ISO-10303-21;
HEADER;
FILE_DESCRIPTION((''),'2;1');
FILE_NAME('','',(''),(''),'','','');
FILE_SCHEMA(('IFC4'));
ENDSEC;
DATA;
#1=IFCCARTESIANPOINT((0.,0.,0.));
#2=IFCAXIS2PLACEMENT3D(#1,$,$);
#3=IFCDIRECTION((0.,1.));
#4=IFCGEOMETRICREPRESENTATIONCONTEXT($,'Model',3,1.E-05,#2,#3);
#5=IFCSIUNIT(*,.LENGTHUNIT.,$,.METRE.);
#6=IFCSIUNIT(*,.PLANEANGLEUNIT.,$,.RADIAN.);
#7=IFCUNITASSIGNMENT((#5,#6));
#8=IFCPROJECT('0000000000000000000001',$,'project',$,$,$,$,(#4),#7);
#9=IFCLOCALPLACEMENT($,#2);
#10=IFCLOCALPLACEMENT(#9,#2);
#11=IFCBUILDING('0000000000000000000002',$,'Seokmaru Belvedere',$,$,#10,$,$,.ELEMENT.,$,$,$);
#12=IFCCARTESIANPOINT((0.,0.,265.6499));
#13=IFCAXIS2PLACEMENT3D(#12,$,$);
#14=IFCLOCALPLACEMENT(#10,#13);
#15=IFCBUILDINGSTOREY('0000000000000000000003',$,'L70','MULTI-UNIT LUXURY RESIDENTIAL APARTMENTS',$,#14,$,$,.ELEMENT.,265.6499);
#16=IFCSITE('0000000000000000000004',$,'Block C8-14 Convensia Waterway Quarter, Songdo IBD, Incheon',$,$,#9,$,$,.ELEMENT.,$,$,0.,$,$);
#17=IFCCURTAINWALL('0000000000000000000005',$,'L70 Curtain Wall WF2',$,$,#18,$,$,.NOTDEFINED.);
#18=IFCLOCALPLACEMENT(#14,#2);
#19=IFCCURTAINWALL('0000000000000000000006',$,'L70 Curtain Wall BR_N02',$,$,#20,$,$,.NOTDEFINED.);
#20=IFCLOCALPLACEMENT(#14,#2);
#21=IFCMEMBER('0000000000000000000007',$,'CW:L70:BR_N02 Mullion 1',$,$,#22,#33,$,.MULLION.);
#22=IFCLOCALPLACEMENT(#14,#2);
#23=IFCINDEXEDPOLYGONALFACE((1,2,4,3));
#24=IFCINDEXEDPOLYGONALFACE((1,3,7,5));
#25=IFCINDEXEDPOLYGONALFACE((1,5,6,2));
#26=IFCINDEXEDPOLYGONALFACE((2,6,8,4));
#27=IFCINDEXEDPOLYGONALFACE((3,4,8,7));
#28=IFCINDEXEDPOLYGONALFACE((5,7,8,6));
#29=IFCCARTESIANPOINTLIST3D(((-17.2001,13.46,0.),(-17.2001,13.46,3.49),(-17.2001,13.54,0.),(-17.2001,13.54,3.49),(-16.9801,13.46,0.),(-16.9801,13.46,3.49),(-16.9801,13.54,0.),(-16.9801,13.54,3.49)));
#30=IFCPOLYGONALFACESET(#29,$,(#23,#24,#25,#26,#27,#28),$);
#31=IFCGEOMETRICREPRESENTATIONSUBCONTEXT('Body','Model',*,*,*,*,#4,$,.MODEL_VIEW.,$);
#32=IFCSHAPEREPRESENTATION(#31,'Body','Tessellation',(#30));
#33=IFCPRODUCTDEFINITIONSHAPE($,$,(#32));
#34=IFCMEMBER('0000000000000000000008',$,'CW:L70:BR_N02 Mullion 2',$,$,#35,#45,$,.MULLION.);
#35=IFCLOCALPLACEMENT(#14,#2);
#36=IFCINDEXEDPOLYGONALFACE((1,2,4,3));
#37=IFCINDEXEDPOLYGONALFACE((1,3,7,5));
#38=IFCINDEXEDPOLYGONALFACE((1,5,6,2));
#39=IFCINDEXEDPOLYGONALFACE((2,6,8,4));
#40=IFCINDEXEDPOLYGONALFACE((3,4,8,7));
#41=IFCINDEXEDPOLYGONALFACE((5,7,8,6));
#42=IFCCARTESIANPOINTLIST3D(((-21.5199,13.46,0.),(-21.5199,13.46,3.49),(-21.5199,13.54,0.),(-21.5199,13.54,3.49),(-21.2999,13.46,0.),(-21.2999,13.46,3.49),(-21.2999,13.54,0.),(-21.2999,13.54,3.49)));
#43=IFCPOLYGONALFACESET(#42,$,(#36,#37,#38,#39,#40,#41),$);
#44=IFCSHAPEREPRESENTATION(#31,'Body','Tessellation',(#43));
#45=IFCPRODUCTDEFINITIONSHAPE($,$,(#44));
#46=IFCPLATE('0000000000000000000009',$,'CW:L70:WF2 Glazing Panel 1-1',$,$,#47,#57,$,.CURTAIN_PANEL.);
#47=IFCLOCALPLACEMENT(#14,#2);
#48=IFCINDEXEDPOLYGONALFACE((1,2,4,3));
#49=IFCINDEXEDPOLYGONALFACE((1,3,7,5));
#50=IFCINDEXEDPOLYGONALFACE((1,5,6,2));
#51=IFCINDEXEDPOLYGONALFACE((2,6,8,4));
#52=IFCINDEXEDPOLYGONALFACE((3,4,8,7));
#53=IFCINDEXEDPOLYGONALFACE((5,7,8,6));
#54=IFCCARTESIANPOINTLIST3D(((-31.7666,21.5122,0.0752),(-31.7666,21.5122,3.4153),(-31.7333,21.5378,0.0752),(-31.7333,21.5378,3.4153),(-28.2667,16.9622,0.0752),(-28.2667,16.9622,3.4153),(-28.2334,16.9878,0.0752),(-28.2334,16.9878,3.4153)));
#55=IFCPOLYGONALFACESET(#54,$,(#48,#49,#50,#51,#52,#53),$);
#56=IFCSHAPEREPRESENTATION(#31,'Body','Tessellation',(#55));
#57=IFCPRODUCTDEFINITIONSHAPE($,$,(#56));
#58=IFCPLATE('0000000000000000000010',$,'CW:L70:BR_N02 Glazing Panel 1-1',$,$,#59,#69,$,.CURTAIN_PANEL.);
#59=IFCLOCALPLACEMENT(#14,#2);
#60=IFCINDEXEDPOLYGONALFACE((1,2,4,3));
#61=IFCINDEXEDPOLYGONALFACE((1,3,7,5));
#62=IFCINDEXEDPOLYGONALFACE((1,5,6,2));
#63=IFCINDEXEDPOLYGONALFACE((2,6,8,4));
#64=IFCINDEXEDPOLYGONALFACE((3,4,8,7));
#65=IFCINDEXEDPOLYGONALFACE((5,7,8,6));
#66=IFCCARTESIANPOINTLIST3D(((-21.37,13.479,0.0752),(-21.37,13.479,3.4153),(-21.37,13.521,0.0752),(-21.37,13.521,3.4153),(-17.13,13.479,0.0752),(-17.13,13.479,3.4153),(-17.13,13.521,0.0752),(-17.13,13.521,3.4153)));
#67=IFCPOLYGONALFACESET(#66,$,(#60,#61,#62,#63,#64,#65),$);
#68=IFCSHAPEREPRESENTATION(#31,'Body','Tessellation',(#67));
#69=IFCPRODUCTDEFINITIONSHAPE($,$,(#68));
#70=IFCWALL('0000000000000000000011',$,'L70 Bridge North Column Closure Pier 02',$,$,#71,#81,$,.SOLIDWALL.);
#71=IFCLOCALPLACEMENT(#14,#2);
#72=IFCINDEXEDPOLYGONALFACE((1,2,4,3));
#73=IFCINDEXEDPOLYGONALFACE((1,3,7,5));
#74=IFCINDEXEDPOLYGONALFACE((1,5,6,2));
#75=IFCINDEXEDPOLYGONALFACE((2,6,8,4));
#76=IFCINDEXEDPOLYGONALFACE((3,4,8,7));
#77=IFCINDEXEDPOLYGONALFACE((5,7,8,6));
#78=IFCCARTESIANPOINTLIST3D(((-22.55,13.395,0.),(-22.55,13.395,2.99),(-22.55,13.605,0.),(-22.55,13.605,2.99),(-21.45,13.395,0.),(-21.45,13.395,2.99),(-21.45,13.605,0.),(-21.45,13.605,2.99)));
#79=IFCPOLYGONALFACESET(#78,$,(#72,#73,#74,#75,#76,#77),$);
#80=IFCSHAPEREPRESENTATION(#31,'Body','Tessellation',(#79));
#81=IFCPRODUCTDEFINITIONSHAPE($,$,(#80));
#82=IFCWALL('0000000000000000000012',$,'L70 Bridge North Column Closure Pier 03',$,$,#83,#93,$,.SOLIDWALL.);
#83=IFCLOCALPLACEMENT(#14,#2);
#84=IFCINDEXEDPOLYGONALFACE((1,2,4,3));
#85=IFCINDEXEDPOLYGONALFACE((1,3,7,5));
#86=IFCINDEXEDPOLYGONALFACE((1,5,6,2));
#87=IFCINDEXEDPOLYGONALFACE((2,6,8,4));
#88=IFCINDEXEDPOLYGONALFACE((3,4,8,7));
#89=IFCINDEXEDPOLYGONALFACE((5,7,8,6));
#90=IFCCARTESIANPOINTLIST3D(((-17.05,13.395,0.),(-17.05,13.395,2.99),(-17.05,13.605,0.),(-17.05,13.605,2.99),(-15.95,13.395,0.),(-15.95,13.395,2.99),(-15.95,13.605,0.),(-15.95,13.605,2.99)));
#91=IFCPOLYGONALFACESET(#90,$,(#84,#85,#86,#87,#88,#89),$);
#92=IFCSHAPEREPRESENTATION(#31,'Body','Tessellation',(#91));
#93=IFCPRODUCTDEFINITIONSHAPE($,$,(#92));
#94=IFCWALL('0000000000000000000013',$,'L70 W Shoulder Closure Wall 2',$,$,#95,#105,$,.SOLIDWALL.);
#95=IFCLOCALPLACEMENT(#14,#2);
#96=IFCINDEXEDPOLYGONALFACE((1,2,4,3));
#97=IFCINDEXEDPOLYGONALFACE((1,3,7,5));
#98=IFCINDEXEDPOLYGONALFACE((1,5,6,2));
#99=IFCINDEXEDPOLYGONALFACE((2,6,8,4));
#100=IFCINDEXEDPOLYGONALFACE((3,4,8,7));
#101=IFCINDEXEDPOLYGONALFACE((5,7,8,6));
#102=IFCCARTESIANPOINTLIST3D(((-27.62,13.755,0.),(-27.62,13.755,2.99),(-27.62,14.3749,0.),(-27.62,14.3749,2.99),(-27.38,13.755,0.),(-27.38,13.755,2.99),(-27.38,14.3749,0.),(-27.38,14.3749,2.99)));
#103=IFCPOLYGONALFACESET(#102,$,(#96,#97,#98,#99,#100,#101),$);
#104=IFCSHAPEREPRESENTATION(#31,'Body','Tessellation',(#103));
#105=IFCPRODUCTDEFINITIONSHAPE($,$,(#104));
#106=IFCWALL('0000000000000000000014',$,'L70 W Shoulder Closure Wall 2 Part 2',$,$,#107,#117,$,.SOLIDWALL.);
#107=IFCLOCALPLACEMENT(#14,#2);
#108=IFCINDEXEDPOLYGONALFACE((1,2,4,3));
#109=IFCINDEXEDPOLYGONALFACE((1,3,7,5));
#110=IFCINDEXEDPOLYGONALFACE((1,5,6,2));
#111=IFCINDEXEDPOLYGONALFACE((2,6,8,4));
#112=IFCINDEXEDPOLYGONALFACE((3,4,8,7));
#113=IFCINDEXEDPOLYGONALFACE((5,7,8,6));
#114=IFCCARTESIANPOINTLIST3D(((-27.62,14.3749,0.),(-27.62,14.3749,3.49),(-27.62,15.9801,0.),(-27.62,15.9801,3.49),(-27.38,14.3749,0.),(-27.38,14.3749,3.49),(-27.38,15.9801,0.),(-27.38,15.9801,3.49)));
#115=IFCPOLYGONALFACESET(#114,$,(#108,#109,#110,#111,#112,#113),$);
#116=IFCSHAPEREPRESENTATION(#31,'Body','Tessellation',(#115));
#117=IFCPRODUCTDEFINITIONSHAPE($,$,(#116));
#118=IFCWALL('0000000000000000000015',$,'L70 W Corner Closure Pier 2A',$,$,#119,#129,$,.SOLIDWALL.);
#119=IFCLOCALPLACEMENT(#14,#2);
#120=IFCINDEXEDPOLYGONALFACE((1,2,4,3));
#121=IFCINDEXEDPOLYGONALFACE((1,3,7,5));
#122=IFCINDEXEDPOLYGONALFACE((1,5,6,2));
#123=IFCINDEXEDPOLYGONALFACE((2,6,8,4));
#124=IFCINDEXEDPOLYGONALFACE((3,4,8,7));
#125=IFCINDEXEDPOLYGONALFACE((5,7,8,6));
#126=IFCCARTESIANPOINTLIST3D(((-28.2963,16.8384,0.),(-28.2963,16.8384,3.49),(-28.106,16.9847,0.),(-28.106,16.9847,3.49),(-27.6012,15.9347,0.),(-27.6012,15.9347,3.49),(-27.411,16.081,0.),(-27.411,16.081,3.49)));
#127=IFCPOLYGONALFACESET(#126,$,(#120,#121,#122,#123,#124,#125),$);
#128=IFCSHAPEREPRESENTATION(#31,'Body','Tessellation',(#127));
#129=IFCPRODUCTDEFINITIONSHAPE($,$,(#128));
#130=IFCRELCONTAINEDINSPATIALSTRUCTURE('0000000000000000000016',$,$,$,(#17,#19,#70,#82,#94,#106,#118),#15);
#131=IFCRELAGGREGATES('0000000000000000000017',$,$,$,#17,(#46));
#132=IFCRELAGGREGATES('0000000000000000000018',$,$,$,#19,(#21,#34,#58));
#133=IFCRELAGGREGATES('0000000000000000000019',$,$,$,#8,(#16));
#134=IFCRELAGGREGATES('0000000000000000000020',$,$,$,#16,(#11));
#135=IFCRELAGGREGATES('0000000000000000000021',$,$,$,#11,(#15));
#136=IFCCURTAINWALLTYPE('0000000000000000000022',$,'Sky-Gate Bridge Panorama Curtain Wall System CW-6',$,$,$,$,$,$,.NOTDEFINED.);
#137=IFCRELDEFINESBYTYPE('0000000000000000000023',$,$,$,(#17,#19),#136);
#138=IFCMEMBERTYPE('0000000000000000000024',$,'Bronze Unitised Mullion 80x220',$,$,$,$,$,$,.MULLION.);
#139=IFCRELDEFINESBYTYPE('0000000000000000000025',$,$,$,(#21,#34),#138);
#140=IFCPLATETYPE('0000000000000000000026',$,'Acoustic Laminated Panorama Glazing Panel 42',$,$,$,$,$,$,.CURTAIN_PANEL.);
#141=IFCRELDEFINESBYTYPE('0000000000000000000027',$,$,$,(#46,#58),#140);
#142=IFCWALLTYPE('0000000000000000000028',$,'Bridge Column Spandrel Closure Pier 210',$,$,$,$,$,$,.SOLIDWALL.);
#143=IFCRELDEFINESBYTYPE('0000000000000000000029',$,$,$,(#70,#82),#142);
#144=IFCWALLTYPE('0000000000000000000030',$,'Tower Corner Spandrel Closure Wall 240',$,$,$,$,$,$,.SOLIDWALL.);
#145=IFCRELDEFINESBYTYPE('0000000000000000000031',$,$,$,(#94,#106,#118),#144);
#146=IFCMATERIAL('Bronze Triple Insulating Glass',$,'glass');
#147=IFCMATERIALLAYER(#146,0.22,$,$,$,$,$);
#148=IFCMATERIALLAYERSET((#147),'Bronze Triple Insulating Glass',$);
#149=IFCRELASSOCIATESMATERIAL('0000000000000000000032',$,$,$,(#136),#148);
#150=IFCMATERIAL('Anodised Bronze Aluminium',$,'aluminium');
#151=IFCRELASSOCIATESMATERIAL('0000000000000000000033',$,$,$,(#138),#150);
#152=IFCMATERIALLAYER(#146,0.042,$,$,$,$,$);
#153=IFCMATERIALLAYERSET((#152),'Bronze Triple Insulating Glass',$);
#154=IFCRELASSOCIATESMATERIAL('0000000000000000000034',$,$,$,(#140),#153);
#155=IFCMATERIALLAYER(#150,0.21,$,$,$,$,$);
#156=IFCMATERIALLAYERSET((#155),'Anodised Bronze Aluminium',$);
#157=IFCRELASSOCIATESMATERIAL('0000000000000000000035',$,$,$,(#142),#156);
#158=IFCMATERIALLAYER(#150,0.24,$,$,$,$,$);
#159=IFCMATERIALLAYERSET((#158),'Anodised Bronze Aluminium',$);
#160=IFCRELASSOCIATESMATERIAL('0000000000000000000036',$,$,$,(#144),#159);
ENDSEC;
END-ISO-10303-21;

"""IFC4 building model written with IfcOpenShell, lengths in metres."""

from ifc_helpers import new_model, si_unit, direction, frame, frame_2d, origin, origin_2d, place, context, subcontext, project, spatial, rectangle, extrude, source, transform, mapped, material, layer, layer_set, material_profile, profile_set, type_object, type_shapes, element, aggregate, save


model = new_model("IFC4")

# Units and contexts
model_context = context("Model", 3, precision=1e-05, world=origin(), true_north=direction((0.0, 1.0)))
body_context = subcontext(model_context, "Body", "Model", "MODEL_VIEW")
ifc_project = project(units=[si_unit("LENGTHUNIT", "METRE"), si_unit("PLANEANGLEUNIT", "RADIAN")], contexts=[model_context])

# Site, building, storey
site_placement = place(None, origin())
site = spatial("IfcSite", under=ifc_project, at=site_placement, Name="Block C8-14 Convensia Waterway Quarter, Songdo IBD, Incheon", CompositionType="ELEMENT", RefElevation=0.0)
building_placement = place(site_placement, origin())
building = spatial("IfcBuilding", under=site, at=building_placement, Name="Seokmaru Belvedere", CompositionType="ELEMENT")
storey_placement = place(building_placement, frame((0.0, 0.0, 265.6499)))
storey = spatial("IfcBuildingStorey", under=building, at=storey_placement, Name="L70", Description="MULTI-UNIT LUXURY RESIDENTIAL APARTMENTS", CompositionType="ELEMENT", Elevation=265.6499)

# Curtain wall
ifc_material_1 = material(Name="Bronze Triple Insulating Glass", Category="glass")
ifc_layer_1 = layer(ifc_material_1, 0.22)
ifc_layer_set_1 = layer_set([ifc_layer_1], Name="Bronze Triple Insulating Glass")
curtain_wall_type = type_object("IfcCurtainWallType", Name="Sky-Gate Bridge Panorama Curtain Wall System CW-6", PredefinedType="NOTDEFINED", material=ifc_layer_set_1)
curtain_wall_1_placement = place(storey_placement, origin())
curtain_wall_1 = element("IfcCurtainWall", 1, at=curtain_wall_1_placement, inside=storey, type_object=curtain_wall_type, Name="L70 Curtain Wall WF2", PredefinedType="NOTDEFINED")
ifc_material_2 = material(Name="Anodised Bronze Aluminium", Category="aluminium")

# Curtain wall
curtain_wall_2_placement = place(storey_placement, origin())
curtain_wall_2 = element("IfcCurtainWall", 2, at=curtain_wall_2_placement, inside=storey, type_object=curtain_wall_type, Name="L70 Curtain Wall BR_N02", PredefinedType="NOTDEFINED")

# Members
ifc_material_profile_1 = material_profile(ifc_material_2, rectangle(XDim=0.0801, YDim=0.22, at=origin_2d()), Name="CW-M-80x220")
ifc_profile_set_1 = profile_set([ifc_material_profile_1], Name="Anodised Bronze Aluminium")
member_type_1 = type_object("IfcMemberType", Name="Bronze Unitised Mullion 80x220", PredefinedType="MULLION", material=ifc_profile_set_1)
shared_shape_1 = source(origin(), body_context, "Body", "SweptSolid", [
    extrude(rectangle(XDim=0.0801, YDim=0.22, at=origin_2d()), origin(), (0.0, 0.0, 1.0), 3.49),
])
type_shapes(member_type_1, [shared_shape_1])
member_1_placement = place(storey_placement, frame((-17.0901, 13.5, 0.0), z_axis=(0.0, 0.0, 1.0), x_axis=(0.0, -1.0, 0.0)))
member_1 = element("IfcMember", 3, at=member_1_placement, type_object=member_type_1, Name="CW:L70:BR_N02 Mullion 1", PredefinedType="MULLION", context=body_context, shape_type="MappedRepresentation", body=[
    mapped(shared_shape_1, transform((0.0, 0.0, 0.0), scale=1.0)),
])
member_2_placement = place(storey_placement, frame((-21.4099, 13.5, 0.0), z_axis=(0.0, 0.0, 1.0), x_axis=(0.0, -1.0, 0.0)))
member_2 = element("IfcMember", 4, at=member_2_placement, type_object=member_type_1, Name="CW:L70:BR_N02 Mullion 2", PredefinedType="MULLION", context=body_context, shape_type="MappedRepresentation", body=[
    mapped(shared_shape_1, transform((0.0, 0.0, 0.0), scale=1.0)),
])

# Plates
ifc_layer_2 = layer(ifc_material_1, 0.042)
ifc_layer_set_2 = layer_set([ifc_layer_2], Name="Bronze Triple Insulating Glass")
plate_type = type_object("IfcPlateType", Name="Acoustic Laminated Panorama Glazing Panel 42", PredefinedType="CURTAIN_PANEL", material=ifc_layer_set_2)
shared_shape_2 = source(origin(), body_context, "Body", "SweptSolid", [
    extrude(rectangle(XDim=5.7405, YDim=0.042, at=origin_2d()), origin(), (0.0, 0.0, 1.0), 3.3401),
])
plate_1_placement = place(storey_placement, frame((-30.0, 19.25, 0.0752), z_axis=(0.0, 0.0, 1.0), x_axis=(-0.609701, 0.792631, 0.0)))
plate_1 = element("IfcPlate", 5, at=plate_1_placement, type_object=plate_type, Name="CW:L70:WF2 Glazing Panel 1-1", PredefinedType="CURTAIN_PANEL", context=body_context, shape_type="MappedRepresentation", body=[
    mapped(shared_shape_2, transform((0.0, 0.0, 0.0), scale=1.0)),
])
aggregate(curtain_wall_1, [plate_1])
shared_shape_3 = source(origin(), body_context, "Body", "SweptSolid", [
    extrude(rectangle(XDim=4.24, YDim=0.042, at=origin_2d()), origin(), (0.0, 0.0, 1.0), 3.3401),
])
type_shapes(plate_type, [shared_shape_2, shared_shape_3])
plate_2_placement = place(storey_placement, frame((-19.25, 13.5, 0.0752), z_axis=(0.0, 0.0, 1.0), x_axis=(-1.0, 0.0, 0.0)))
plate_2 = element("IfcPlate", 6, at=plate_2_placement, type_object=plate_type, Name="CW:L70:BR_N02 Glazing Panel 1-1", PredefinedType="CURTAIN_PANEL", context=body_context, shape_type="MappedRepresentation", body=[
    mapped(shared_shape_3, transform((0.0, 0.0, 0.0), scale=1.0)),
])
aggregate(curtain_wall_2, [member_1, member_2, plate_2])

# Walls
ifc_layer_3 = layer(ifc_material_2, 0.21)
ifc_layer_set_3 = layer_set([ifc_layer_3], Name="Anodised Bronze Aluminium")
wall_type_1 = type_object("IfcWallType", Name="Bridge Column Spandrel Closure Pier 210", PredefinedType="SOLIDWALL", material=ifc_layer_set_3)
for number, where, z_axis, x_axis, name in (
    (7, (-22.55, 13.5, 0.0), (0.0, 0.0, 1.0), (1.0, 0.0, 0.0), "L70 Bridge North Column Closure Pier 02"),
    (8, (-17.05, 13.5, 0.0), (0.0, 0.0, 1.0), (1.0, 0.0, 0.0), "L70 Bridge North Column Closure Pier 03"),
):
    element("IfcWall", number, at=place(storey_placement, frame(where, z_axis=z_axis, x_axis=x_axis)), inside=storey, type_object=wall_type_1, Name=name, PredefinedType="SOLIDWALL", context=body_context, shape_type="SweptSolid", body=[
        extrude(rectangle(XDim=1.1001, YDim=0.21, at=frame_2d((0.55, 0.0))), origin(), (0.0, 0.0, 1.0), 2.99),
    ])
ifc_layer_4 = layer(ifc_material_2, 0.24)
ifc_layer_set_4 = layer_set([ifc_layer_4], Name="Anodised Bronze Aluminium")
wall_type_2 = type_object("IfcWallType", Name="Tower Corner Spandrel Closure Wall 240", PredefinedType="SOLIDWALL", material=ifc_layer_set_4)
wall_1_placement = place(storey_placement, frame((-27.5, 13.7549, 0.0), z_axis=(0.0, 0.0, 1.0), x_axis=(0.0, 1.0, 0.0)))
element("IfcWall", 9, at=wall_1_placement, inside=storey, type_object=wall_type_2, Name="L70 W Shoulder Closure Wall 2", PredefinedType="SOLIDWALL", context=body_context, shape_type="SweptSolid", body=[
    extrude(rectangle(XDim=0.6199, YDim=0.24, at=frame_2d((0.3101, 0.0))), origin(), (0.0, 0.0, 1.0), 2.99),
])
wall_2_placement = place(storey_placement, frame((-27.5, 14.3748, 0.0), z_axis=(0.0, 0.0, 1.0), x_axis=(0.0, 1.0, 0.0)))
element("IfcWall", 10, at=wall_2_placement, inside=storey, type_object=wall_type_2, Name="L70 W Shoulder Closure Wall 2 Part 2", PredefinedType="SOLIDWALL", context=body_context, shape_type="SweptSolid", body=[
    extrude(rectangle(XDim=1.6052, YDim=0.24, at=frame_2d((0.8027, 0.0))), origin(), (0.0, 0.0, 1.0), 3.49),
])
wall_3_placement = place(storey_placement, frame((-27.5061, 16.0078, 0.0), z_axis=(0.0, 0.0, 1.0), x_axis=(-0.609618, 0.792696, 0.0)))
element("IfcWall", 11, at=wall_3_placement, inside=storey, type_object=wall_type_2, Name="L70 W Corner Closure Pier 2A", PredefinedType="SOLIDWALL", context=body_context, shape_type="SweptSolid", body=[
    extrude(rectangle(XDim=1.1401, YDim=0.24, at=frame_2d((0.5701, 0.0))), origin(), (0.0, 0.0, 1.0), 3.49),
])

save(model, "model.ifc")
